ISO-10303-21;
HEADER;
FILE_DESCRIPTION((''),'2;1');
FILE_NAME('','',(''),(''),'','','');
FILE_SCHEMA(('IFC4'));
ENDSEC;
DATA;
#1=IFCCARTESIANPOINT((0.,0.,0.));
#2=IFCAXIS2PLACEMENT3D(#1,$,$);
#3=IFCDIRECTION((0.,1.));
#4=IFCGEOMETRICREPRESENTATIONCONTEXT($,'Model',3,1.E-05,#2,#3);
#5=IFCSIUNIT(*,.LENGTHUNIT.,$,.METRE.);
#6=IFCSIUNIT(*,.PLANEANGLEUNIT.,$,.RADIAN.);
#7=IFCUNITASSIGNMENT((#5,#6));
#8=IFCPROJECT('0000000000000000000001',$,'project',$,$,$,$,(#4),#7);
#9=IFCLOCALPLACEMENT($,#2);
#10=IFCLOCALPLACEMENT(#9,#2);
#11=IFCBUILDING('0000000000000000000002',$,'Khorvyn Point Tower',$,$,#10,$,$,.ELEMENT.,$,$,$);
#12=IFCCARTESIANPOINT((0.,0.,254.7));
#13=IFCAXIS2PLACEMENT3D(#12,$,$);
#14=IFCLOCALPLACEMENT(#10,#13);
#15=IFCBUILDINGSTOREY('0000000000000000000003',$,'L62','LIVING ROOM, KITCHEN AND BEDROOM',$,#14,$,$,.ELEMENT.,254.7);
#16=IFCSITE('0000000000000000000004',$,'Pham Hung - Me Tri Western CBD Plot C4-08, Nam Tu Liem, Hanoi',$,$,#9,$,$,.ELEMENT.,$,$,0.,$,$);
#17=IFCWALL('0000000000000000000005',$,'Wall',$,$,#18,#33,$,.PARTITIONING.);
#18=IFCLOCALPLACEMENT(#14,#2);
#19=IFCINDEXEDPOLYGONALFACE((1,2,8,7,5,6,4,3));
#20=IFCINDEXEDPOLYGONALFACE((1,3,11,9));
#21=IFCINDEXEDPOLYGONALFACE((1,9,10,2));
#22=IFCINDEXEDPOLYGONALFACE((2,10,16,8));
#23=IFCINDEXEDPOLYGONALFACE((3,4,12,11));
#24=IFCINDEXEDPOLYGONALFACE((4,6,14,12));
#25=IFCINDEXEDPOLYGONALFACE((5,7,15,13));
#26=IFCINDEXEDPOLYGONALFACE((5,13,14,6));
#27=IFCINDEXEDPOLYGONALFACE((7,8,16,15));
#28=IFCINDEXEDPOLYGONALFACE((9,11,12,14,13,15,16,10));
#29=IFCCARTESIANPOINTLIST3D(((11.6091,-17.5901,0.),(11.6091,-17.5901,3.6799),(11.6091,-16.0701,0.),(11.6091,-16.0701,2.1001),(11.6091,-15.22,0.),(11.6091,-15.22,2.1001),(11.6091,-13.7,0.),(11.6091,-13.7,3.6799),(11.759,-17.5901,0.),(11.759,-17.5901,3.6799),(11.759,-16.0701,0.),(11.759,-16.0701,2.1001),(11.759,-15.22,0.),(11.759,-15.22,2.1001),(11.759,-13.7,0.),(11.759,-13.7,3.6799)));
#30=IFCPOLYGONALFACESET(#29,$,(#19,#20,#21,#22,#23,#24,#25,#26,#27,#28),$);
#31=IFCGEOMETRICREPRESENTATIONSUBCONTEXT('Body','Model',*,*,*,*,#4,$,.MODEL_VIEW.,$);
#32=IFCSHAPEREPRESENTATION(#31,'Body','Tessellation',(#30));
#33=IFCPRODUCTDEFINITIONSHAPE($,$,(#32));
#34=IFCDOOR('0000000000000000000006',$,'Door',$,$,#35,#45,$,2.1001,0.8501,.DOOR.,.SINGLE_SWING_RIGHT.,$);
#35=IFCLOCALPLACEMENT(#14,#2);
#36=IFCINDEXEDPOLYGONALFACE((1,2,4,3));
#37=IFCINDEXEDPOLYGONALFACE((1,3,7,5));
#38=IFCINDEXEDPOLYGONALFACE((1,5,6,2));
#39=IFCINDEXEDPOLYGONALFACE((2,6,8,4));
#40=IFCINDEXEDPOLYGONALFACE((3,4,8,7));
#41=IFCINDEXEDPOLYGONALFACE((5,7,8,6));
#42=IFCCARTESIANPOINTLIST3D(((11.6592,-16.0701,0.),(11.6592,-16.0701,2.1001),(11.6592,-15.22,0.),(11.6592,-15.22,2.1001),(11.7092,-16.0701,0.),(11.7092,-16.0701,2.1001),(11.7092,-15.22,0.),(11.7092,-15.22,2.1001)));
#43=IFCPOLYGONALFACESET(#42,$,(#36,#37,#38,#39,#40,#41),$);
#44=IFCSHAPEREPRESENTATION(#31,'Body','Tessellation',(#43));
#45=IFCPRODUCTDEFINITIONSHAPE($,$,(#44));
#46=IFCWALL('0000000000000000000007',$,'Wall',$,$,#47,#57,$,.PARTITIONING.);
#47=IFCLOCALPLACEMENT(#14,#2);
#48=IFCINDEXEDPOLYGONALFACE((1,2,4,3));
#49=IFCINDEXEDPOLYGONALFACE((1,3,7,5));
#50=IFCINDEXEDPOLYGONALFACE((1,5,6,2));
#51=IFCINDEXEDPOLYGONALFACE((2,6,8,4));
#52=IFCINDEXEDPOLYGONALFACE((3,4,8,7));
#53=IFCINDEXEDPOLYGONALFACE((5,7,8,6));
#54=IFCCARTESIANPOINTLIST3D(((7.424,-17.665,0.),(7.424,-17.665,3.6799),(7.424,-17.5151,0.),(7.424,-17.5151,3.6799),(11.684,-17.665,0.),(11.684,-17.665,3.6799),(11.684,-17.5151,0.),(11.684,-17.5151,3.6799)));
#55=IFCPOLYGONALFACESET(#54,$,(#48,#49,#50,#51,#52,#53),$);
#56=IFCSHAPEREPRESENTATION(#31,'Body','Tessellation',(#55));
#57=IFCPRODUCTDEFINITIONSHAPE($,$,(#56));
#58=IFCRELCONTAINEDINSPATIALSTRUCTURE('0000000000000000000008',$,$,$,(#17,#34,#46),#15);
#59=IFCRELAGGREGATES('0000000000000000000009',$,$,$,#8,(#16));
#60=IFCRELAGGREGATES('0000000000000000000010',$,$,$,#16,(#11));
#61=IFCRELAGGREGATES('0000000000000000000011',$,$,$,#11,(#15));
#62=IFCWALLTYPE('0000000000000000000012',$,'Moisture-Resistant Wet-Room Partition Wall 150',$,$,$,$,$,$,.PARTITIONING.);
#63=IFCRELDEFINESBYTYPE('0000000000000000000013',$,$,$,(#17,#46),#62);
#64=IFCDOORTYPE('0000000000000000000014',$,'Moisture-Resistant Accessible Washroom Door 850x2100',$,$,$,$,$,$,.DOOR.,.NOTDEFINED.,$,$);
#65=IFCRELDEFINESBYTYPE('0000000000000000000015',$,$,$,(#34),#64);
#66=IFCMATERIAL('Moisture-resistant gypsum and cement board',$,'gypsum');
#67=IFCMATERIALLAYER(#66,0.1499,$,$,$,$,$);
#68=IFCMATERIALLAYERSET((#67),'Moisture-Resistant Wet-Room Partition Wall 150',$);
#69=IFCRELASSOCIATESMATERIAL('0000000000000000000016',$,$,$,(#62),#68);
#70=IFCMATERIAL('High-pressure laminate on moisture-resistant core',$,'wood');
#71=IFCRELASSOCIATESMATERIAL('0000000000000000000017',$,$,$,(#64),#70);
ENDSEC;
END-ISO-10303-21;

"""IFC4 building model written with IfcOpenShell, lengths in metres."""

from ifc_helpers import new_model, si_unit, direction, frame, frame_2d, origin, place, context, subcontext, project, spatial, rectangle, extrude, material, layer, layer_set, type_object, element, fill, save


model = new_model("IFC4")

# Units and contexts
model_context = context("Model", 3, precision=1e-05, world=origin(), true_north=direction((0.0, 1.0)))
body_context = subcontext(model_context, "Body", "Model", "MODEL_VIEW")
ifc_project = project(units=[si_unit("LENGTHUNIT", "METRE"), si_unit("PLANEANGLEUNIT", "RADIAN")], contexts=[model_context])

# Site, building, storey
site_placement = place(None, origin())
site = spatial("IfcSite", under=ifc_project, at=site_placement, Name="Pham Hung - Me Tri Western CBD Plot C4-08, Nam Tu Liem, Hanoi", CompositionType="ELEMENT", RefElevation=0.0)
building_placement = place(site_placement, origin())
building = spatial("IfcBuilding", under=site, at=building_placement, Name="Khorvyn Point Tower", CompositionType="ELEMENT")
storey_placement = place(building_placement, frame((0.0, 0.0, 254.7)))
storey = spatial("IfcBuildingStorey", under=building, at=storey_placement, Name="L62", Description="LIVING ROOM, KITCHEN AND BEDROOM", CompositionType="ELEMENT", Elevation=254.7)

# Wall, opening, door
ifc_material_1 = material(Name="Moisture-resistant gypsum and cement board", Category="gypsum")
ifc_layer_1 = layer(ifc_material_1, 0.1499)
ifc_layer_set_1 = layer_set([ifc_layer_1], Name="Moisture-Resistant Wet-Room Partition Wall 150")
wall_type_1 = type_object("IfcWallType", Name="Moisture-Resistant Wet-Room Partition Wall 150", PredefinedType="PARTITIONING", material=ifc_layer_set_1)
wall_1_placement = place(storey_placement, frame((11.6841, -17.5901, 0.0), z_axis=(0.0, 0.0, 1.0), x_axis=(0.0, 1.0, 0.0)))
wall_1 = element("IfcWall", 1, at=wall_1_placement, inside=storey, type_object=wall_type_1, Name="Wall", PredefinedType="PARTITIONING", context=body_context, shape_type="SweptSolid", body=[
    extrude(rectangle(XDim=3.8901, YDim=0.1499, at=frame_2d((1.9451, 0.0))), origin(), (0.0, 0.0, 1.0), 3.6799),
])
opening_1_placement = place(wall_1_placement, frame((1.52, 0.0, 0.0)))
opening_1 = element("IfcOpeningElement", 2, at=opening_1_placement, cuts=wall_1, PredefinedType="OPENING", context=body_context, shape_type="SweptSolid", body=[
    extrude(rectangle(XDim=0.8501, YDim=2.1001, at=frame_2d((0.425, 1.05))), frame((0.0, 0.085, 0.0), z_axis=(0.0, -1.0, 0.0), x_axis=(1.0, 0.0, 0.0)), (0.0, 0.0, 1.0), 0.1699),
])
ifc_material_2 = material(Name="High-pressure laminate on moisture-resistant core", Category="wood")
door_type_1 = type_object("IfcDoorType", Name="Moisture-Resistant Accessible Washroom Door 850x2100", OperationType="NOTDEFINED", PredefinedType="DOOR", material=ifc_material_2)
door_1_placement = place(opening_1_placement, origin())
door_1 = element("IfcDoor", 3, at=door_1_placement, inside=storey, type_object=door_type_1, Name="Door", OperationType="SINGLE_SWING_RIGHT", OverallHeight=2.1001, OverallWidth=0.8501, PredefinedType="DOOR", context=body_context, shape_type="SweptSolid", body=[
    extrude(rectangle(XDim=0.8501, YDim=2.1001, at=frame_2d((0.425, 1.05))), frame((0.0, 0.0249, 0.0), z_axis=(0.0, -1.0, 0.0), x_axis=(1.0, 0.0, 0.0)), (0.0, 0.0, 1.0), 0.05),
])
fill(opening_1, door_1)

# Wall
wall_2_placement = place(storey_placement, frame((7.4241, -17.5901, 0.0), z_axis=(0.0, 0.0, 1.0), x_axis=(1.0, 0.0, 0.0)))
element("IfcWall", 4, at=wall_2_placement, inside=storey, type_object=wall_type_1, Name="Wall", PredefinedType="PARTITIONING", context=body_context, shape_type="SweptSolid", body=[
    extrude(rectangle(XDim=4.26, YDim=0.1499, at=frame_2d((2.1299, 0.0))), origin(), (0.0, 0.0, 1.0), 3.6799),
])

save(model, "model.ifc")
